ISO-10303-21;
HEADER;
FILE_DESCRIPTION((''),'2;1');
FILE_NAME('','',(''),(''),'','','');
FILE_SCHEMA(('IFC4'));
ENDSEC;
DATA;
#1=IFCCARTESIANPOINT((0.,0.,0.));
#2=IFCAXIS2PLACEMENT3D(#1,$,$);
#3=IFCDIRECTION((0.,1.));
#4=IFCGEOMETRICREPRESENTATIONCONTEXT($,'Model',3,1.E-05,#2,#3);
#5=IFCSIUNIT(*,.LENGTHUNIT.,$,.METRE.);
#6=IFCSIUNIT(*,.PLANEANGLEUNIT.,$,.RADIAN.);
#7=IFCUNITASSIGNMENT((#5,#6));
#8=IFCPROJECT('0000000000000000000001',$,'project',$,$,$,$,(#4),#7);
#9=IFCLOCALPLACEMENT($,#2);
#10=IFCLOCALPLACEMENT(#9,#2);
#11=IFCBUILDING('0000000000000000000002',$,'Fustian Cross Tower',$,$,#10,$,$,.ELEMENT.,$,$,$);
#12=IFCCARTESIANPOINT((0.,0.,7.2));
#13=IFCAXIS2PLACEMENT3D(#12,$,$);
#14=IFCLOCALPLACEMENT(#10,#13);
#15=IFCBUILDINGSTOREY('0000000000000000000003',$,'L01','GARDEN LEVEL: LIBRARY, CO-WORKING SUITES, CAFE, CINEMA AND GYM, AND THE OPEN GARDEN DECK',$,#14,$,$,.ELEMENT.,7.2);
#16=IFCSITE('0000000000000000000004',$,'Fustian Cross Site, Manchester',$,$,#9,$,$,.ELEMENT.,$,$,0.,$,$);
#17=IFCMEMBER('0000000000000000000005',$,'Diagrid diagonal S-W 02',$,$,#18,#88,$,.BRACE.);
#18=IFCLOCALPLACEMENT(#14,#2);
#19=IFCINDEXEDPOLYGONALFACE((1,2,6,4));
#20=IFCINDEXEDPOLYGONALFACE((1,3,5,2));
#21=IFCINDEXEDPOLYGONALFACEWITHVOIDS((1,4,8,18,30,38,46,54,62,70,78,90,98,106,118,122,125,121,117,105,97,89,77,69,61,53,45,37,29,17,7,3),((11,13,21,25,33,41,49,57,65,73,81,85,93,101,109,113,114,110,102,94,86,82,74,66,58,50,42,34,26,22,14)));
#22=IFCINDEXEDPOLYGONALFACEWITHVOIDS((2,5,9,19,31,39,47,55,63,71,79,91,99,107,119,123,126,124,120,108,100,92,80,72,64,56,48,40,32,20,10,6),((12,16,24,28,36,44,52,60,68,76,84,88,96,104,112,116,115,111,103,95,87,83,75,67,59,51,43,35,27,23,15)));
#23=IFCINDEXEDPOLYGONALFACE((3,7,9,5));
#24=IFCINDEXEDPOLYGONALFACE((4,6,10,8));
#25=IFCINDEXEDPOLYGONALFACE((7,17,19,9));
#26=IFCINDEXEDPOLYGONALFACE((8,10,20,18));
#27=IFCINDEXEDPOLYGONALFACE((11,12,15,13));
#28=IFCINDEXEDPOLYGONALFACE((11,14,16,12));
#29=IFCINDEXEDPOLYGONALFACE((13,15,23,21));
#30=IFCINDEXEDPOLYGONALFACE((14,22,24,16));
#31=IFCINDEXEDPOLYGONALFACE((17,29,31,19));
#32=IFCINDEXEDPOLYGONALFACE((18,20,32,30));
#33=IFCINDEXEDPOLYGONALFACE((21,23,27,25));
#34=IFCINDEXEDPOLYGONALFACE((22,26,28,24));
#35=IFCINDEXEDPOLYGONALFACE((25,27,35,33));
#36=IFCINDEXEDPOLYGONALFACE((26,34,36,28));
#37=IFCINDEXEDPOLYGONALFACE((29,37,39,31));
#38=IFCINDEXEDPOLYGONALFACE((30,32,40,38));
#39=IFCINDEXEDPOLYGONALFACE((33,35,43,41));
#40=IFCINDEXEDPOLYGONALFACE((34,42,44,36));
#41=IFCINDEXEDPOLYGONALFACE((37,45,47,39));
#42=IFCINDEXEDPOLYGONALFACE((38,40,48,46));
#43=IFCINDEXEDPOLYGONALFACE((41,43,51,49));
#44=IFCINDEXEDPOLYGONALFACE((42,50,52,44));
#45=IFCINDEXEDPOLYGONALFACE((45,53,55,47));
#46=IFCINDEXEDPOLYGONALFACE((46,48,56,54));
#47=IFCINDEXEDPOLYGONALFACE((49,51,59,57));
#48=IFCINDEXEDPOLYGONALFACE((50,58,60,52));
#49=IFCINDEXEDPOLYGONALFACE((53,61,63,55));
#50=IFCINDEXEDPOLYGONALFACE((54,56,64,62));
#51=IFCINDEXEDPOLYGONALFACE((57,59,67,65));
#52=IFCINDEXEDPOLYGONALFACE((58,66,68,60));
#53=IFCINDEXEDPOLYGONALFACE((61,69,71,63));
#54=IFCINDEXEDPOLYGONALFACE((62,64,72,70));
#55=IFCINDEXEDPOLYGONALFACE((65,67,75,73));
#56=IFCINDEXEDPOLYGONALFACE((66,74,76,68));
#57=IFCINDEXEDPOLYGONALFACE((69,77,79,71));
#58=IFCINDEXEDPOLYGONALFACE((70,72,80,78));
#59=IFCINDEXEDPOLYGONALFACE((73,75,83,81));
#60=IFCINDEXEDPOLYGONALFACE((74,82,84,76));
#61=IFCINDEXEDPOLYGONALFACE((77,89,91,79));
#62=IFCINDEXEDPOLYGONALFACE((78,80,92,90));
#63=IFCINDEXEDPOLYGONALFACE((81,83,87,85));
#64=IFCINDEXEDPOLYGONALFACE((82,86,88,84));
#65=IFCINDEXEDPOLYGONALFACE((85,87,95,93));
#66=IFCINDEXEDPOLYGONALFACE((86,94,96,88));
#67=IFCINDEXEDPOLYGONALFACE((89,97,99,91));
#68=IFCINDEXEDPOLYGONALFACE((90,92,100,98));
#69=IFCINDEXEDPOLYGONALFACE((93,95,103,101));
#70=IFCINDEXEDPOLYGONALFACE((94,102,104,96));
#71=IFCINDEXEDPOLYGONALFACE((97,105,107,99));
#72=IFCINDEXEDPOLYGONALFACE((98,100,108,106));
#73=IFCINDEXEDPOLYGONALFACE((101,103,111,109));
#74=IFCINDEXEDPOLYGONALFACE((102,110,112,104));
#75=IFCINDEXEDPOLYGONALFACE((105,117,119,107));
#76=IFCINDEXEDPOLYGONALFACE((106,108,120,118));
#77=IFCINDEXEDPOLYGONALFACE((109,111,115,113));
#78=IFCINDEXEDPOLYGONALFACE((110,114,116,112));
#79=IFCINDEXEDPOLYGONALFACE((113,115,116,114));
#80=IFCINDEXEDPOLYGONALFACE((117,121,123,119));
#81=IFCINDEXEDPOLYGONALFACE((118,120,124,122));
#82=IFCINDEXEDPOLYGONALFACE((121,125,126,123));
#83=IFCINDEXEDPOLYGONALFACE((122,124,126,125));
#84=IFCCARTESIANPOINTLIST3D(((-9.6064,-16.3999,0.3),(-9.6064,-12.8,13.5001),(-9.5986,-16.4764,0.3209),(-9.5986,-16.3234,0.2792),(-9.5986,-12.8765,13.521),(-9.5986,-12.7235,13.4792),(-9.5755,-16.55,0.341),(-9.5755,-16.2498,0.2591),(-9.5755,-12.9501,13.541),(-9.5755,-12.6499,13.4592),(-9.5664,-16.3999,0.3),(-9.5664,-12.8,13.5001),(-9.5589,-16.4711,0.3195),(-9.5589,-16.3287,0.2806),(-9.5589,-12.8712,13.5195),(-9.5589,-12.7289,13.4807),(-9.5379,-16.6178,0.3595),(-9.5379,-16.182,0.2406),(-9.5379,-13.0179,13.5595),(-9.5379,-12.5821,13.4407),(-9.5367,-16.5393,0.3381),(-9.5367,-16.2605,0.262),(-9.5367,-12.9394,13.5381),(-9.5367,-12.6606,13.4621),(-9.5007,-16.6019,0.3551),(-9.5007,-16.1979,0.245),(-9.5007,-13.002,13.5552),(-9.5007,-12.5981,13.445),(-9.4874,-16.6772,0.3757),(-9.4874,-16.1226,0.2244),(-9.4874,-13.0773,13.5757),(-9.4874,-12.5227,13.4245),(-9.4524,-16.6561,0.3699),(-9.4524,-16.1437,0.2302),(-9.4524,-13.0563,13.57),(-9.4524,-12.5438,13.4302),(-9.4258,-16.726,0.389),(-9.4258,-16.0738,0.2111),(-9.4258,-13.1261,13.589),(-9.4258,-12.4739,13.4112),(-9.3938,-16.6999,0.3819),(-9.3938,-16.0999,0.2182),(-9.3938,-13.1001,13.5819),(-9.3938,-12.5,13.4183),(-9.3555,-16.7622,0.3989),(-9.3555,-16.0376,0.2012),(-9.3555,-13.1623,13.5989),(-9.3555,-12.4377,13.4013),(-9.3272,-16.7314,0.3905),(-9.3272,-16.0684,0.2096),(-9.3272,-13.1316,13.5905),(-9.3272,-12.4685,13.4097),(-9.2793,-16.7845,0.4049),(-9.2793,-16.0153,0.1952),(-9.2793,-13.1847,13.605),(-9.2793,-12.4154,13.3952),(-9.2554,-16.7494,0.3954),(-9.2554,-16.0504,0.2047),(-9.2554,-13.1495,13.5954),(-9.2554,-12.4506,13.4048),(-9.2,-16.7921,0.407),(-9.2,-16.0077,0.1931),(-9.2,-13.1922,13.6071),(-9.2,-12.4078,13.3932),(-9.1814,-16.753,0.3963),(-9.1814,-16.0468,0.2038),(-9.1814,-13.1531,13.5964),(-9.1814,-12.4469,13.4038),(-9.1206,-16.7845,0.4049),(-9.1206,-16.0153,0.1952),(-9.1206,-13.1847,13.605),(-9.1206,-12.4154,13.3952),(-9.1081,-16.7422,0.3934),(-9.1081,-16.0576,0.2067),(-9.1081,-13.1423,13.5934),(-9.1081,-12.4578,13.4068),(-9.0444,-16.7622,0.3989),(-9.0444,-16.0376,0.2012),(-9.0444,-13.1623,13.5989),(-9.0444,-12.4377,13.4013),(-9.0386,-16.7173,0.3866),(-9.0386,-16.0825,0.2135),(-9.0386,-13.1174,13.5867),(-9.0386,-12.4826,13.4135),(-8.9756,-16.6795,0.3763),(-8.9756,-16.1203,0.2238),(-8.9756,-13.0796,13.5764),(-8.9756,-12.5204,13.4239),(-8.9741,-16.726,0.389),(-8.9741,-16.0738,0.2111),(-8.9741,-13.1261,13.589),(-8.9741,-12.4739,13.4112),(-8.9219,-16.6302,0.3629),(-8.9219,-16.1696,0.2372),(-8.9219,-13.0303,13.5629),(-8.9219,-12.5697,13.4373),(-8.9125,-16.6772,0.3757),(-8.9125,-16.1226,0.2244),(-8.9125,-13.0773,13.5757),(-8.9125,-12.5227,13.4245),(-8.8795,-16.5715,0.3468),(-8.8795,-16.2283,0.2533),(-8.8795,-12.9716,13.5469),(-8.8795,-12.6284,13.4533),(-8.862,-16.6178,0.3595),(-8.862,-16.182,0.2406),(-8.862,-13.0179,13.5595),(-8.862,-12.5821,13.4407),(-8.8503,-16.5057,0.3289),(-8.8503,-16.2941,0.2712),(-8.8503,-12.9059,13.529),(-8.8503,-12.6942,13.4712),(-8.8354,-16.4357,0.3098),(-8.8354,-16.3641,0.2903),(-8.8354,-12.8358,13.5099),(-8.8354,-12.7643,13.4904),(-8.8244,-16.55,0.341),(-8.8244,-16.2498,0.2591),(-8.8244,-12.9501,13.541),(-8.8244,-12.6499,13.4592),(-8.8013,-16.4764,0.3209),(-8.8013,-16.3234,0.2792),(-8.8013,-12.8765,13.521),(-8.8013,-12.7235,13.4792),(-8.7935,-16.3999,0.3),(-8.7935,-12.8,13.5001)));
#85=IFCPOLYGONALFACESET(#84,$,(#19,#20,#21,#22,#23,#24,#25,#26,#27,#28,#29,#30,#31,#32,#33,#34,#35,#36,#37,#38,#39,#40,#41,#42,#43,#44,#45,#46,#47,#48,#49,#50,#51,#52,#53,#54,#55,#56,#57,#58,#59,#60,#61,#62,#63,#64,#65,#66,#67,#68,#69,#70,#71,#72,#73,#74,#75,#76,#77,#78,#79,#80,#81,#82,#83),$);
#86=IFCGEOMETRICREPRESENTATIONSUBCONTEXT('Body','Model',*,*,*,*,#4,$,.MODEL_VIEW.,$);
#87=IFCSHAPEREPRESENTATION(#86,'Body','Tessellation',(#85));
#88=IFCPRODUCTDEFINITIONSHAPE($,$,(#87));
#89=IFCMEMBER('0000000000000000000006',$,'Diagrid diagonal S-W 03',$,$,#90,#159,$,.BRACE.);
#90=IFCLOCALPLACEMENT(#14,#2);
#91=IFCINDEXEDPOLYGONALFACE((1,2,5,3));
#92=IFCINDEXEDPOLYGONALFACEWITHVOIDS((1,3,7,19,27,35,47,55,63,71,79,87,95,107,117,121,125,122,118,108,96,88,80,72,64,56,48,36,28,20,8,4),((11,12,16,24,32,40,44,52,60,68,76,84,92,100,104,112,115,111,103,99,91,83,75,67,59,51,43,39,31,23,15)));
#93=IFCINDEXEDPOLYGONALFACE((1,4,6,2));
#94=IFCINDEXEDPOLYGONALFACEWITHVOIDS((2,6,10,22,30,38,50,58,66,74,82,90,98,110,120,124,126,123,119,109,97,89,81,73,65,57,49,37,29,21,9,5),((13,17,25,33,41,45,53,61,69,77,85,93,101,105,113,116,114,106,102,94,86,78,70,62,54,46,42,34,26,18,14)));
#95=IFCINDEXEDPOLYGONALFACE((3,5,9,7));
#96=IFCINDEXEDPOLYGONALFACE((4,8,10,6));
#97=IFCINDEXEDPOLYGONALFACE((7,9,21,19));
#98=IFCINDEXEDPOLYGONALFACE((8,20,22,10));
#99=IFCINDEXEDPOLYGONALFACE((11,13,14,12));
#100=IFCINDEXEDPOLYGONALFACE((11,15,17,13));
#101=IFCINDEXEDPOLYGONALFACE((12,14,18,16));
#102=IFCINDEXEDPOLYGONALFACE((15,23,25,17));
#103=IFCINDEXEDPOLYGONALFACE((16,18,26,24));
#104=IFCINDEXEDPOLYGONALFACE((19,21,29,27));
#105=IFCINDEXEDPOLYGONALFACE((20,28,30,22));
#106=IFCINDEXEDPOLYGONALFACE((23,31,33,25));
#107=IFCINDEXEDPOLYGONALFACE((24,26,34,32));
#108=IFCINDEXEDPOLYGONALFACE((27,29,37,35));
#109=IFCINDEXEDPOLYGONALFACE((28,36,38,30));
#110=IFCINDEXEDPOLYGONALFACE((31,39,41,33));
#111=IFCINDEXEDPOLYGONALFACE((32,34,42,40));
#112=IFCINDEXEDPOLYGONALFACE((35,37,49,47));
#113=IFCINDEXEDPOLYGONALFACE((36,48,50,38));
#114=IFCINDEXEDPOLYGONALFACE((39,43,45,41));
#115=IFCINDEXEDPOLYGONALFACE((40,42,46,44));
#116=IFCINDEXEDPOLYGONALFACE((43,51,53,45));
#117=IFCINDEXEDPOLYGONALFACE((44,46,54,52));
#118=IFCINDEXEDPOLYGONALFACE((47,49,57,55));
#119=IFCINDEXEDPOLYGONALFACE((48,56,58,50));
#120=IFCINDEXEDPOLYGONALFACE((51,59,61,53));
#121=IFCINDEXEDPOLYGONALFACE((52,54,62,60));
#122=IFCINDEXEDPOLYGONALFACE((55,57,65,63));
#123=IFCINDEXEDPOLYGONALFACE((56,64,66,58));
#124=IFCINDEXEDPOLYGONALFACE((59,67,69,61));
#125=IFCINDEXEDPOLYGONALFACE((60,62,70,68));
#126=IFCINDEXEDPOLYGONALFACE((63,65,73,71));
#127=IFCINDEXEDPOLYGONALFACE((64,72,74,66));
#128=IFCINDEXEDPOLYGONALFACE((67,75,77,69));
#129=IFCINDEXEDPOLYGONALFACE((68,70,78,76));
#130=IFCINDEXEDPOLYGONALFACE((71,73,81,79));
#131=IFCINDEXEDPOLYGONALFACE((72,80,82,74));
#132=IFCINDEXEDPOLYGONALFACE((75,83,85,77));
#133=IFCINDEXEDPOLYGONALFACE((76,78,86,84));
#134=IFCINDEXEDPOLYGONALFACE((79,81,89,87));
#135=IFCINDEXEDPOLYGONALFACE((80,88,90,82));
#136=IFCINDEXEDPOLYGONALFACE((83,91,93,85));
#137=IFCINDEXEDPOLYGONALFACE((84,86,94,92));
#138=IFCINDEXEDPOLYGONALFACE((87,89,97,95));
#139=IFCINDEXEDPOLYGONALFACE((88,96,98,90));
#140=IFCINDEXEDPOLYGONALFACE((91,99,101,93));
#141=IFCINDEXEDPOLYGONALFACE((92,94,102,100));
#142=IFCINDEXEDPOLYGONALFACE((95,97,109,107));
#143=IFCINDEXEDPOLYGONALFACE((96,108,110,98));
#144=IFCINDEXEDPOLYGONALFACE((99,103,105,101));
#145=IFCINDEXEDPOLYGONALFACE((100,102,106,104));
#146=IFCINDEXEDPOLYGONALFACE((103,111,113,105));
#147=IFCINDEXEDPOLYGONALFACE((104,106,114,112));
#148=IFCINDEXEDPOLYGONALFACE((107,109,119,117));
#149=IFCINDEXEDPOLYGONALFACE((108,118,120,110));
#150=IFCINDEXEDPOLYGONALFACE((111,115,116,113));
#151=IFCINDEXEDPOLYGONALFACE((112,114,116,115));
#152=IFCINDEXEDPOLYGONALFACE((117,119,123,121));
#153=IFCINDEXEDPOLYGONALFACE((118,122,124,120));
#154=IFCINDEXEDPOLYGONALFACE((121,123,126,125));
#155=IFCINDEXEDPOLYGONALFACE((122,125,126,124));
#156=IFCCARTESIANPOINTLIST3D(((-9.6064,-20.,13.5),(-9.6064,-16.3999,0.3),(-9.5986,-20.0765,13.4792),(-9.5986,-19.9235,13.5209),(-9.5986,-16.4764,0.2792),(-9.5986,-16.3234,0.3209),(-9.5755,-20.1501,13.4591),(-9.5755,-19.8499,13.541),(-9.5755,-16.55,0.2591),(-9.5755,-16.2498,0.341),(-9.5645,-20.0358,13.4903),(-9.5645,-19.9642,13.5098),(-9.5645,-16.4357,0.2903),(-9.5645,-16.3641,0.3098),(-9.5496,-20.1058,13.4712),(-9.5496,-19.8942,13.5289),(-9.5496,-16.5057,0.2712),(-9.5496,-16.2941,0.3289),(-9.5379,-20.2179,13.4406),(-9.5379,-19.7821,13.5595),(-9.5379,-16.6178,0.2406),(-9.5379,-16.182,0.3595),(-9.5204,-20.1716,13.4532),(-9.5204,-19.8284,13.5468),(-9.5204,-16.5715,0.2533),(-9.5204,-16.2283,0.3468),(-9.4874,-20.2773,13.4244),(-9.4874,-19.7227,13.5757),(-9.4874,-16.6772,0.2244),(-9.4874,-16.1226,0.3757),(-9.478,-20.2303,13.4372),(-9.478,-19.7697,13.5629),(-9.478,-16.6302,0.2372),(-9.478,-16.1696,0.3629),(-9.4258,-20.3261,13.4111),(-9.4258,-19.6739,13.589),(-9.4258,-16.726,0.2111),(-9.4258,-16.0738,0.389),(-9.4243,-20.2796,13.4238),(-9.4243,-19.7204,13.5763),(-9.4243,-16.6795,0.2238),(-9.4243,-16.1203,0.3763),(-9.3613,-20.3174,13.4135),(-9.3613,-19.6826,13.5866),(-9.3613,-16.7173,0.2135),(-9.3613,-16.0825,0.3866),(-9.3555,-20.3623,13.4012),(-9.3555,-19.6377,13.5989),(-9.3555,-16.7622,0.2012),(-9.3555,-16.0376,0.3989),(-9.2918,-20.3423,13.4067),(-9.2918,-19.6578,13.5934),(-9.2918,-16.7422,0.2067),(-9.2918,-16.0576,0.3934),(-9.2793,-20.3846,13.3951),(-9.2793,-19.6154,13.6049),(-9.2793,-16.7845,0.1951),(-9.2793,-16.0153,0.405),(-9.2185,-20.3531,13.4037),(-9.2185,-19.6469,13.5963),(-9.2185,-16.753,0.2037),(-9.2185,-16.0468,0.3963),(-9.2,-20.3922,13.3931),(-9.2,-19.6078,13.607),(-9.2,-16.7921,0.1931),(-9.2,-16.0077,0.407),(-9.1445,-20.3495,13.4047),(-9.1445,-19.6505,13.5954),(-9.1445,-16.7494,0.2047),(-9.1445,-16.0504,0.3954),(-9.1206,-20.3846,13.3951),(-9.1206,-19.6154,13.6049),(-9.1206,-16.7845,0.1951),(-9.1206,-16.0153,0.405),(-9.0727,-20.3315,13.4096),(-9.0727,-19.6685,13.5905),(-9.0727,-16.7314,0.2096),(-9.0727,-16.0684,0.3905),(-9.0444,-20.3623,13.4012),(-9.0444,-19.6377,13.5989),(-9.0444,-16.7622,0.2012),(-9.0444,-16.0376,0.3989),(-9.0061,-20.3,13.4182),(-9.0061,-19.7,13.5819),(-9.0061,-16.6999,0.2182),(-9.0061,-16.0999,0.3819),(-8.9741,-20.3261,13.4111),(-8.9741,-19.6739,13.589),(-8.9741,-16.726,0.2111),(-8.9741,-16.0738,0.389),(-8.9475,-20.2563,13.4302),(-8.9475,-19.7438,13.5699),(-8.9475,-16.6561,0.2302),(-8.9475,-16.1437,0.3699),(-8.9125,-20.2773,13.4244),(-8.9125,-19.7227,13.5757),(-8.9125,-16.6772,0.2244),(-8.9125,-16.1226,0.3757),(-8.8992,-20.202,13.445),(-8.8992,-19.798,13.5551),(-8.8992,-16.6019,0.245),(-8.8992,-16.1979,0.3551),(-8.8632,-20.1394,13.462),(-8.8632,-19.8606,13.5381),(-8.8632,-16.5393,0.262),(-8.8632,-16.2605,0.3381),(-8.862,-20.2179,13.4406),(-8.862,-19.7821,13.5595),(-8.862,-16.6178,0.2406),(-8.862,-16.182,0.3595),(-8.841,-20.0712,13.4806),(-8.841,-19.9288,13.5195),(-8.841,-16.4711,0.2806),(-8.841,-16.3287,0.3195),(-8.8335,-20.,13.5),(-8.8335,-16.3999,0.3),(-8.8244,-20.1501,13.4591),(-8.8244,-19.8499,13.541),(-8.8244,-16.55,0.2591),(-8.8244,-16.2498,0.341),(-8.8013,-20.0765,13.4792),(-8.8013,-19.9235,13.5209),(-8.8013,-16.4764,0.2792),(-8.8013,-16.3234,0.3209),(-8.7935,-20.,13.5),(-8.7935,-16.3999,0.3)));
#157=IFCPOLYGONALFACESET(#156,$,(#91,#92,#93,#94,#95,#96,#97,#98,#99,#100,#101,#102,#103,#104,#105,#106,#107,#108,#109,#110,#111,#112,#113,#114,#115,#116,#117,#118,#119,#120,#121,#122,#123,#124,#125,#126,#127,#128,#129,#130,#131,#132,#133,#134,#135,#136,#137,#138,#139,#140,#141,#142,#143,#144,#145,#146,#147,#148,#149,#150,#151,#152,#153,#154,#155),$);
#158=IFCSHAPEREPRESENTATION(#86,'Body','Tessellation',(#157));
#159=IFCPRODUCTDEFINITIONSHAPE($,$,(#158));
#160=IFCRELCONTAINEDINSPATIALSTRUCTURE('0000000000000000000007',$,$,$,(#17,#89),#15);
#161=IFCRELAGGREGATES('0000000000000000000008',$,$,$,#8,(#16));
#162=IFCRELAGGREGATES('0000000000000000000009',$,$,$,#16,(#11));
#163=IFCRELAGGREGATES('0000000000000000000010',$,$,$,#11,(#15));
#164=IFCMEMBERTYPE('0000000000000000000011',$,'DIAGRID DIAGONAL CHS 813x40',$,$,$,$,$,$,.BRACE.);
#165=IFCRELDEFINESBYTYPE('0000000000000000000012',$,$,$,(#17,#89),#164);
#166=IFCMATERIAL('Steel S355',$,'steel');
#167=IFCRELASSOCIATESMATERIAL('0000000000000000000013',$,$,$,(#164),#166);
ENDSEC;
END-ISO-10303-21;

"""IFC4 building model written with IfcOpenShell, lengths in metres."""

from ifc_helpers import new_model, si_unit, direction, frame, origin, origin_2d, place, context, subcontext, project, spatial, hollow_circle, extrude, material, material_profile, profile_set, type_object, element, save


model = new_model("IFC4")

# Units and contexts
model_context = context("Model", 3, precision=1e-05, world=origin(), true_north=direction((0.0, 1.0)))
body_context = subcontext(model_context, "Body", "Model", "MODEL_VIEW")
ifc_project = project(units=[si_unit("LENGTHUNIT", "METRE"), si_unit("PLANEANGLEUNIT", "RADIAN")], contexts=[model_context])

# Site, building, storey
site_placement = place(None, origin())
site = spatial("IfcSite", under=ifc_project, at=site_placement, Name="Fustian Cross Site, Manchester", CompositionType="ELEMENT", RefElevation=0.0)
building_placement = place(site_placement, origin())
building = spatial("IfcBuilding", under=site, at=building_placement, Name="Fustian Cross Tower", CompositionType="ELEMENT")
storey_placement = place(building_placement, frame((0.0, 0.0, 7.2)))
storey = spatial("IfcBuildingStorey", under=building, at=storey_placement, Name="L01", Description="GARDEN LEVEL: LIBRARY, CO-WORKING SUITES, CAFE, CINEMA AND GYM, AND THE OPEN GARDEN DECK", CompositionType="ELEMENT", Elevation=7.2)

# Members
ifc_material_1 = material(Name="Steel S355", Category="steel")
ifc_material_profile_1 = material_profile(ifc_material_1, hollow_circle(Radius=0.4065, WallThickness=0.04, at=origin_2d()), Name="CHS 813x40")
ifc_profile_set_1 = profile_set([ifc_material_profile_1], Name="Steel S355")
member_type_1 = type_object("IfcMemberType", Name="DIAGRID DIAGONAL CHS 813x40", PredefinedType="BRACE", material=ifc_profile_set_1)
for number, where, z_axis, x_axis, name in (
    (1, (-9.2, -16.3999, 0.3), (0.0, 0.263108, 0.964766), (-1.0, 0.0, 0.0), "Diagrid diagonal S-W 02"),
    (2, (-9.2, -16.3999, 0.3), (0.0, -0.263125, 0.964762), (1.0, 0.0, 0.0), "Diagrid diagonal S-W 03"),
):
    element("IfcMember", number, at=place(storey_placement, frame(where, z_axis=z_axis, x_axis=x_axis)), inside=storey, type_object=member_type_1, Name=name, PredefinedType="BRACE", context=body_context, shape_type="SweptSolid", body=[
        extrude(hollow_circle(Radius=0.4065, WallThickness=0.04, at=origin_2d()), origin(), (0.0, 0.0, 1.0), 13.6821),
    ])

save(model, "model.ifc")
